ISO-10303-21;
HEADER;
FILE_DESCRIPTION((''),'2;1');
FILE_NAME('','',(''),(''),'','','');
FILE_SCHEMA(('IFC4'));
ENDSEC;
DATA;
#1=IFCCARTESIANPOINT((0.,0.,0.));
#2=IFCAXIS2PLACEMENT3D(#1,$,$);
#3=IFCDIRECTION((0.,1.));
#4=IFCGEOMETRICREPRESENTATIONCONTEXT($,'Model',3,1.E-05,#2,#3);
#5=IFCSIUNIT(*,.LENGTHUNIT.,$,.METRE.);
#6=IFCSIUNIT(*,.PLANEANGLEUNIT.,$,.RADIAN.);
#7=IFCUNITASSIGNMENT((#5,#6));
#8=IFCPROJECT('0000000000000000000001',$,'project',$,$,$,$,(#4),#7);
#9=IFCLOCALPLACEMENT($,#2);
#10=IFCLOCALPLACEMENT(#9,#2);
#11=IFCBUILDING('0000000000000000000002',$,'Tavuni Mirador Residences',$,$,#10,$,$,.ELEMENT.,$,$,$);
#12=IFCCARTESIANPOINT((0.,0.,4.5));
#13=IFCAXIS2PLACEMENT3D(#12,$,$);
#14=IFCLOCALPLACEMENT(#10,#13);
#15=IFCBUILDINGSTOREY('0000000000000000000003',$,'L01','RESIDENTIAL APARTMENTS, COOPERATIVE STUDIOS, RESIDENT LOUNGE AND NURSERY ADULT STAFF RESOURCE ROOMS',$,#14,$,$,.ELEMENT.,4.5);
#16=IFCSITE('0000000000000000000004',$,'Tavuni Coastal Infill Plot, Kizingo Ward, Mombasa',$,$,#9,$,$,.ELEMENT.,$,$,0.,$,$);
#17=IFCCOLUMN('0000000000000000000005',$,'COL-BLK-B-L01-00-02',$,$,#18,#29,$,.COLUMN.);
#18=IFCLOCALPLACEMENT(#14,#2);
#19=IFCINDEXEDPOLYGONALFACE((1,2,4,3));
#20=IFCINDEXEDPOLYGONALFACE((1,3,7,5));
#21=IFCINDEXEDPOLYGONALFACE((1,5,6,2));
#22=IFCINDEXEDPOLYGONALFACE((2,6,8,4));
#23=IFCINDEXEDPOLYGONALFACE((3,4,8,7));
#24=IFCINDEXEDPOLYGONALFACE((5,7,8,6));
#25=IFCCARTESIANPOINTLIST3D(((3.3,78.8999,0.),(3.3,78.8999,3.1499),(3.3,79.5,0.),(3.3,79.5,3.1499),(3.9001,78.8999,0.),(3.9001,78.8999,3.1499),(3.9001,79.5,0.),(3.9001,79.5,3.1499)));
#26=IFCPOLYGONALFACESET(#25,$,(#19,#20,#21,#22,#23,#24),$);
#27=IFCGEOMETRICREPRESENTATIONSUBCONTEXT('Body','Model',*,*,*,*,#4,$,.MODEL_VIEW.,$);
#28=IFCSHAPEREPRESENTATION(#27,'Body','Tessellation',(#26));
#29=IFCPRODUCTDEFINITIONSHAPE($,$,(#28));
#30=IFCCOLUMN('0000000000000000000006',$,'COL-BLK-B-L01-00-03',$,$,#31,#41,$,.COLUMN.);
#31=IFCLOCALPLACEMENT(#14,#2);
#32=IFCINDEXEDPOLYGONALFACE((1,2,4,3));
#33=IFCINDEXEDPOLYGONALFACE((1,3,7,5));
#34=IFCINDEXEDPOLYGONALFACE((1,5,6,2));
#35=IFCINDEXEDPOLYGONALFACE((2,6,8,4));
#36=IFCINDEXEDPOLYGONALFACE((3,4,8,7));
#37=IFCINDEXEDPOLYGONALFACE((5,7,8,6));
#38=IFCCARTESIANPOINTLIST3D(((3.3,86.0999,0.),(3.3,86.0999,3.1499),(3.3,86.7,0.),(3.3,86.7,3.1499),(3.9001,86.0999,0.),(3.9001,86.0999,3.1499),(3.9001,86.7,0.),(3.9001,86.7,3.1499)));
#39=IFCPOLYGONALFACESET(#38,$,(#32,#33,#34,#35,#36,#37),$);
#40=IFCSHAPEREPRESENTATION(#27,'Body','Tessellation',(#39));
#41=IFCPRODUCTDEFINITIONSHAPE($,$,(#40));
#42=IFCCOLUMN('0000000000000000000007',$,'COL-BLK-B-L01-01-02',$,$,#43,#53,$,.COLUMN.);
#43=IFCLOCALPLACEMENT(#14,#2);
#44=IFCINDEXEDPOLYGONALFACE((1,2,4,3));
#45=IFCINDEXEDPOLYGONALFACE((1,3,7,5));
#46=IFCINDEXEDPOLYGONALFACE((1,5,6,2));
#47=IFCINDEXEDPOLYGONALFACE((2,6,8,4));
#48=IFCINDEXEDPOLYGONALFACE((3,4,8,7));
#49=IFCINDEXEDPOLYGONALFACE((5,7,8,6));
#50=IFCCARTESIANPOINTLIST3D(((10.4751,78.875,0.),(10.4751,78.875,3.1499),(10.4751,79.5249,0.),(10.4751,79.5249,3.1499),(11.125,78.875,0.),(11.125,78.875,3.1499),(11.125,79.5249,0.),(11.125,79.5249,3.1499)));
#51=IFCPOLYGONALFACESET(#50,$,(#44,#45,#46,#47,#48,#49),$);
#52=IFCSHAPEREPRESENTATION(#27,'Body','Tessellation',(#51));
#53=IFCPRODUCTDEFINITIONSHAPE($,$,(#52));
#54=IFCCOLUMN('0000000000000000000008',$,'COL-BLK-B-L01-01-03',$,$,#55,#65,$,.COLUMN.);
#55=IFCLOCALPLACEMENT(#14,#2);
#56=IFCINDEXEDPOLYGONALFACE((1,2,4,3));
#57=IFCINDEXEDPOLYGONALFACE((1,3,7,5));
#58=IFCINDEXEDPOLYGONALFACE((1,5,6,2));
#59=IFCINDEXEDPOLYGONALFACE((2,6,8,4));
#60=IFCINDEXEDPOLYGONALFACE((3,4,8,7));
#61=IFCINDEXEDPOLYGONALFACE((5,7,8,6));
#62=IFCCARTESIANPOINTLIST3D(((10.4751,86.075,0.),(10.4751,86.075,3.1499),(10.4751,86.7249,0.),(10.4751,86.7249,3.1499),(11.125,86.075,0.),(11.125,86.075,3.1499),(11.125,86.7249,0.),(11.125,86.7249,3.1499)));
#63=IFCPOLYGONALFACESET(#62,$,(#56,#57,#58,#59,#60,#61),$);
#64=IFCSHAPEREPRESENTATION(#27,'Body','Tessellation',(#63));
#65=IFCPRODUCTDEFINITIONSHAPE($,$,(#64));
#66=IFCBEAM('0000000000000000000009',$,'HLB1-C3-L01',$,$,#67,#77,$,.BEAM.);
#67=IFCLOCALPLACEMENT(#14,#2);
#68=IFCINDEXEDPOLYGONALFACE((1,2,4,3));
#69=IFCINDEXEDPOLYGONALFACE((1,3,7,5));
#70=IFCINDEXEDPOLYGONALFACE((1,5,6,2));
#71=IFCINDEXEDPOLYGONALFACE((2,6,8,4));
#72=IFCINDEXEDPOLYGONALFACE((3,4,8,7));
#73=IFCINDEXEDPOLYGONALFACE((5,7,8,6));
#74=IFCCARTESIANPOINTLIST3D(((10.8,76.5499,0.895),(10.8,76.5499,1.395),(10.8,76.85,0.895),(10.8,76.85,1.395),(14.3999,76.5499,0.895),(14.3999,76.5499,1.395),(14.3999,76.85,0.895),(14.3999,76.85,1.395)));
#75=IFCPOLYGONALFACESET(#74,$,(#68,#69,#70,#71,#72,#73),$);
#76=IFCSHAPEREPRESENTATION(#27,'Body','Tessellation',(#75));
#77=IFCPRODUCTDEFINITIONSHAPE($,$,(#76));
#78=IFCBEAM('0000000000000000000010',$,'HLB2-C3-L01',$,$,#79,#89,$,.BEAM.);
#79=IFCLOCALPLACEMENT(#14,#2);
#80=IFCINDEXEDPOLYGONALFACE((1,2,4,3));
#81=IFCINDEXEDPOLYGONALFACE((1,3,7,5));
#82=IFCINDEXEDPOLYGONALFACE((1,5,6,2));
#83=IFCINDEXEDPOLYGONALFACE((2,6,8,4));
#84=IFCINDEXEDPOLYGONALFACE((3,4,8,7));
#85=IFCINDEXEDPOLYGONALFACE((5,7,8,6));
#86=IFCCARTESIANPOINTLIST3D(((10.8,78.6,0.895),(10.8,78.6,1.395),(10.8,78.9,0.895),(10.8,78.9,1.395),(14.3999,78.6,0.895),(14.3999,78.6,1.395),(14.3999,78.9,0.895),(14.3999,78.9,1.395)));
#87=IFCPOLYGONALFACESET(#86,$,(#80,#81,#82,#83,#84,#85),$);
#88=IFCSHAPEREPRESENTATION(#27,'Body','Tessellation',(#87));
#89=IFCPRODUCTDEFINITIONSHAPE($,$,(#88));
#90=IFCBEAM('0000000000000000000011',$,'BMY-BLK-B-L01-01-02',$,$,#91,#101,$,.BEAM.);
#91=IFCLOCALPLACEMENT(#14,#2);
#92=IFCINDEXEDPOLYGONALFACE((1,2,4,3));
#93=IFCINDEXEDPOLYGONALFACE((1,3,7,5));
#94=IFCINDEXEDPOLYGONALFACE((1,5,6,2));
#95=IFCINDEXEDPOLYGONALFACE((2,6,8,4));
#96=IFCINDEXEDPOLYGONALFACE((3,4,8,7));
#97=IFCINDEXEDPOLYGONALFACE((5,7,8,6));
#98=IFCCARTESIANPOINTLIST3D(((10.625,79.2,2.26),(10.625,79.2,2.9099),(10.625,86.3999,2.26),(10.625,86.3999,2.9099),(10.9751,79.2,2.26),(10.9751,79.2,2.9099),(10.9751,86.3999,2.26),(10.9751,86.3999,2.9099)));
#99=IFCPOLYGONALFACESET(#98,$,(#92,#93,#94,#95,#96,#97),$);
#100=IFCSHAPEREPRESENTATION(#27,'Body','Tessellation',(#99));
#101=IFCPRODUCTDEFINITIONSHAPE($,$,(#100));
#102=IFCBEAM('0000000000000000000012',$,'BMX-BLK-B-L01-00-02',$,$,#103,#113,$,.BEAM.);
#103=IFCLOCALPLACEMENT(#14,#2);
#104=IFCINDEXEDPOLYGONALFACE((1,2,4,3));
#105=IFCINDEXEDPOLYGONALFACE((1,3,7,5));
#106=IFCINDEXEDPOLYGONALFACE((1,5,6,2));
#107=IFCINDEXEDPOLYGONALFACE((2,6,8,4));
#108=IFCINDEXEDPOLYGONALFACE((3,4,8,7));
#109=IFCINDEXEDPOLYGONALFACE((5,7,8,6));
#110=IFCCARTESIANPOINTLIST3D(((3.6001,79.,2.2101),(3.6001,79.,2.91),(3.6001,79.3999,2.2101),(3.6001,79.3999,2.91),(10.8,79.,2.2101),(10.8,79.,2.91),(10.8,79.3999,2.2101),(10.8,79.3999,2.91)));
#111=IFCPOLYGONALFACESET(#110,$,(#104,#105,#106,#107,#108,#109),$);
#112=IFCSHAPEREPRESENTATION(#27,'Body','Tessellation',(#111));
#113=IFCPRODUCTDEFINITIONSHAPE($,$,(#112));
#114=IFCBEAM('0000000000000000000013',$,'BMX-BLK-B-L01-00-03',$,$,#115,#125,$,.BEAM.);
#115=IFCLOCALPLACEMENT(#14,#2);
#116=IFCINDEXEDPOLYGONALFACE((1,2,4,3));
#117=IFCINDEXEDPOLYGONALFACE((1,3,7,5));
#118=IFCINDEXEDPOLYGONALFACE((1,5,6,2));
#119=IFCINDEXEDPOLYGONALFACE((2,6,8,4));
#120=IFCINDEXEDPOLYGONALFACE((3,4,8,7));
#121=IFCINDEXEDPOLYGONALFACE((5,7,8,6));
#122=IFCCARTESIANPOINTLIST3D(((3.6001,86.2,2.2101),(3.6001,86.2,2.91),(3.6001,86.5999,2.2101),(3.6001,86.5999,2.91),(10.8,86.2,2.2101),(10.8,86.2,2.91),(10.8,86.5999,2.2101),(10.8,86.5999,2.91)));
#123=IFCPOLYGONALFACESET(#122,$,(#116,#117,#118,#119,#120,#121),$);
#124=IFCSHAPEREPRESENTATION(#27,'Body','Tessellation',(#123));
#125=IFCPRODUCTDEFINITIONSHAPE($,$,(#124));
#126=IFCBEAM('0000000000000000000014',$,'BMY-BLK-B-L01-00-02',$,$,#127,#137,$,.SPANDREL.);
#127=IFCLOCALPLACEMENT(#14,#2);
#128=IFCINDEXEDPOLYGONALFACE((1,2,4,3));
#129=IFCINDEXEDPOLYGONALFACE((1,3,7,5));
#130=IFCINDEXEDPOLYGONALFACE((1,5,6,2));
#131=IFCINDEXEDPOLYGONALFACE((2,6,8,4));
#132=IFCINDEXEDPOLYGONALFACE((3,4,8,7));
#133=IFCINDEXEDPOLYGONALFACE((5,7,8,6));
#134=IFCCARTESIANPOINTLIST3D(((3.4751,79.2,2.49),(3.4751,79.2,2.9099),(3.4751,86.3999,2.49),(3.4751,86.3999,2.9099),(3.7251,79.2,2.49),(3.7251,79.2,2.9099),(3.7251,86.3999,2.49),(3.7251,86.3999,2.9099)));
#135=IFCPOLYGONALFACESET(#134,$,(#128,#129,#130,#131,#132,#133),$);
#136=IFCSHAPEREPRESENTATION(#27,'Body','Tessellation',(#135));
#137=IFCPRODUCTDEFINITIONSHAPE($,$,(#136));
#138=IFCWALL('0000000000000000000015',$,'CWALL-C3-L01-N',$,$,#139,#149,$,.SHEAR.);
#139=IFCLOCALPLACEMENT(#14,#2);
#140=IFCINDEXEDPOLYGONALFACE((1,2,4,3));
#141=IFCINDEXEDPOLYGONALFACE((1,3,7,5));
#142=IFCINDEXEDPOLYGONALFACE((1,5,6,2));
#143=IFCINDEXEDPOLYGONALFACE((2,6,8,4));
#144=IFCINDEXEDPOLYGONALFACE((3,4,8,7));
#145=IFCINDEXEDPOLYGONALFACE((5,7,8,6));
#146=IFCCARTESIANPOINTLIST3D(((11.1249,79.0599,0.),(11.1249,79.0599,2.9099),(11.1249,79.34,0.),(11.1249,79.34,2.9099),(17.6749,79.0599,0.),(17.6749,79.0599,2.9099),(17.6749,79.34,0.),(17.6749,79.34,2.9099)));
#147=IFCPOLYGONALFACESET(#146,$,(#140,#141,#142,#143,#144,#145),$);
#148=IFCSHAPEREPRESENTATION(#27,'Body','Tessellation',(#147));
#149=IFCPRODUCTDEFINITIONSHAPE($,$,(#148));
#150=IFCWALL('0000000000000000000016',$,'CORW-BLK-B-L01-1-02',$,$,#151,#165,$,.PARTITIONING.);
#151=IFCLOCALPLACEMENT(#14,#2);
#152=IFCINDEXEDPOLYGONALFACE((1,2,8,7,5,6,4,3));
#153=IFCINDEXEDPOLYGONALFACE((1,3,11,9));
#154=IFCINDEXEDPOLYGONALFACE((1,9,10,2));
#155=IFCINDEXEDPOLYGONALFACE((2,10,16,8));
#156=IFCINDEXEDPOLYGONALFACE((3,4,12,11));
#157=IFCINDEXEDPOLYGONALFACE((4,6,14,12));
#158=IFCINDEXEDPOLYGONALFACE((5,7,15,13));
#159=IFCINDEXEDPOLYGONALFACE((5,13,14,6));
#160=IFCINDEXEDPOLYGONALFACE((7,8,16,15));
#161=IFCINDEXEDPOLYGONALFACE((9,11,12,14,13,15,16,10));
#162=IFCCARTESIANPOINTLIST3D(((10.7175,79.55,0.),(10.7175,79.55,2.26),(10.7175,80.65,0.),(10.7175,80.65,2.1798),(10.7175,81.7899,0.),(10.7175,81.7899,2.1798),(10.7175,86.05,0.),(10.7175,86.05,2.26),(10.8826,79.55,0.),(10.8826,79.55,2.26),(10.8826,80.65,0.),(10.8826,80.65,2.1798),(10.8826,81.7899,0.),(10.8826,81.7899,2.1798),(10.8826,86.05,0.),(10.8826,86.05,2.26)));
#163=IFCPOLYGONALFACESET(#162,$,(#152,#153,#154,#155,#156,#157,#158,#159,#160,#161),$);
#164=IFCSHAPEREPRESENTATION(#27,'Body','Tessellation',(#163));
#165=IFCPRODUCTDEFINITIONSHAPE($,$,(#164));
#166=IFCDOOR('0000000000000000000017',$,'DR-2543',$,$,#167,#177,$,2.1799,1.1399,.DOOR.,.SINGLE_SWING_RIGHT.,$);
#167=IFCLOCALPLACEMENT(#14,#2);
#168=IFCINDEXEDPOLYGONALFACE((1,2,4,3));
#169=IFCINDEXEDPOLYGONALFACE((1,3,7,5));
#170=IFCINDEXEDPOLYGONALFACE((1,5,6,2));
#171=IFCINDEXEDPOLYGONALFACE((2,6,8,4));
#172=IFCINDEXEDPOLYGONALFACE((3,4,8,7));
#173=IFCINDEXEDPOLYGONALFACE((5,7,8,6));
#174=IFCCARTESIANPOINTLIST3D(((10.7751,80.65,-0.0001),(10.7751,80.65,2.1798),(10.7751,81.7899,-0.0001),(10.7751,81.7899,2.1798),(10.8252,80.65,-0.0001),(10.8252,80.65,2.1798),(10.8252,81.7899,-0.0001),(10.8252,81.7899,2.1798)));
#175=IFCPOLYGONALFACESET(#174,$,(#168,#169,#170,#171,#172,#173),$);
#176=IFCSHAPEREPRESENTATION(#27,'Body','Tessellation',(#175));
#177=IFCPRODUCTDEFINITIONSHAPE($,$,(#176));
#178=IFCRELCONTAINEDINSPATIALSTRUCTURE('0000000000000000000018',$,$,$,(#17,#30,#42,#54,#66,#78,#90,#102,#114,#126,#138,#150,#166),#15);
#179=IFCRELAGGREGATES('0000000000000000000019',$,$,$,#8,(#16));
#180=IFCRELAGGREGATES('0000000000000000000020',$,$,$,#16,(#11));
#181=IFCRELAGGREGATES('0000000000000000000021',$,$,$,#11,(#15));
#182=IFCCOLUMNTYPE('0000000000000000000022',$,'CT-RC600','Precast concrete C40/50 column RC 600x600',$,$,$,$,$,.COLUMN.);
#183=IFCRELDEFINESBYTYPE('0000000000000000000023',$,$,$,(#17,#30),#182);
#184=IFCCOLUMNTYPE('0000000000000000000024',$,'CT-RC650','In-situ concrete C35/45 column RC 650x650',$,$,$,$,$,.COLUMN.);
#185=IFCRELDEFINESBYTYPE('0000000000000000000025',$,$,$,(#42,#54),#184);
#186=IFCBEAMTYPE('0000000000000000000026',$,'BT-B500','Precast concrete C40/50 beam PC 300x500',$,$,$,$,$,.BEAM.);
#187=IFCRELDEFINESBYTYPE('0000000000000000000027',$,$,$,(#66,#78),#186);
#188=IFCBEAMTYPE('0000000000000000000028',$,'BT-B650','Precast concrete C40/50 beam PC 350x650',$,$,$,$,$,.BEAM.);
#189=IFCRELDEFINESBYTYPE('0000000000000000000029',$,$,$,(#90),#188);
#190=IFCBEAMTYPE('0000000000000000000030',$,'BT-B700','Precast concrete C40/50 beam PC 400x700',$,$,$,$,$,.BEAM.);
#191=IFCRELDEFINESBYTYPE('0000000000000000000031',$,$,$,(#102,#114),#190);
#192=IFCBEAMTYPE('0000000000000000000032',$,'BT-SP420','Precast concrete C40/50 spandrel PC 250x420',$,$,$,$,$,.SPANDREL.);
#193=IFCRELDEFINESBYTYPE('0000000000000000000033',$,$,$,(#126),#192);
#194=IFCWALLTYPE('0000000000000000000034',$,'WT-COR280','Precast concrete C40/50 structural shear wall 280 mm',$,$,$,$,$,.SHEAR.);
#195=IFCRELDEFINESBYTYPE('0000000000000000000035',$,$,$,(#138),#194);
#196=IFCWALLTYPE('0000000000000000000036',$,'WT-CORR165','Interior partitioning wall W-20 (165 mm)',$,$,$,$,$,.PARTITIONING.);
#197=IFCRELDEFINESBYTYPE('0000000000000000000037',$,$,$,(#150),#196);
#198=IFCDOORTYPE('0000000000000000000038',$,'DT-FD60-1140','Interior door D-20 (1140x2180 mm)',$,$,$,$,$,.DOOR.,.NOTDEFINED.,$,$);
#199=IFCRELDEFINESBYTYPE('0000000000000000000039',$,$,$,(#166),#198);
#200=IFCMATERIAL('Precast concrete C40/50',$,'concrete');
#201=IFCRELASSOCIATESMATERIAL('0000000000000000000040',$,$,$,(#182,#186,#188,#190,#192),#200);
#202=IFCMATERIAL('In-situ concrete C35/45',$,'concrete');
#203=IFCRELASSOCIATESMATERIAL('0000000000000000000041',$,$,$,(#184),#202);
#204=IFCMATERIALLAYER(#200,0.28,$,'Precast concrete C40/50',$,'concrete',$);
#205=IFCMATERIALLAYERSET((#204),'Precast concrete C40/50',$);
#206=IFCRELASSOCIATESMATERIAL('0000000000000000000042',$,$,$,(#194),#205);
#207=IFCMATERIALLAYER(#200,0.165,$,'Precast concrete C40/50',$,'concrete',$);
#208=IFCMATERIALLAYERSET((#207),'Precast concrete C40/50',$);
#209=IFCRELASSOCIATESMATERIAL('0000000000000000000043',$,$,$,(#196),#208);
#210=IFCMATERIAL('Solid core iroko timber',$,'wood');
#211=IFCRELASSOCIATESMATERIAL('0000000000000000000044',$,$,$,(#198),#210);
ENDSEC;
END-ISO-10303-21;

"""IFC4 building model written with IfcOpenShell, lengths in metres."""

from ifc_helpers import new_model, si_unit, direction, frame, frame_2d, origin, origin_2d, place, context, subcontext, project, spatial, rectangle, extrude, material, layer, layer_set, material_profile, profile_set, type_object, element, fill, save


model = new_model("IFC4")

# Units and contexts
model_context = context("Model", 3, precision=1e-05, world=origin(), true_north=direction((0.0, 1.0)))
body_context = subcontext(model_context, "Body", "Model", "MODEL_VIEW")
ifc_project = project(units=[si_unit("LENGTHUNIT", "METRE"), si_unit("PLANEANGLEUNIT", "RADIAN")], contexts=[model_context])

# Site, building, storey
site_placement = place(None, origin())
site = spatial("IfcSite", under=ifc_project, at=site_placement, Name="Tavuni Coastal Infill Plot, Kizingo Ward, Mombasa", CompositionType="ELEMENT", RefElevation=0.0)
building_placement = place(site_placement, origin())
building = spatial("IfcBuilding", under=site, at=building_placement, Name="Tavuni Mirador Residences", CompositionType="ELEMENT")
storey_placement = place(building_placement, frame((0.0, 0.0, 4.5)))
storey = spatial("IfcBuildingStorey", under=building, at=storey_placement, Name="L01", Description="RESIDENTIAL APARTMENTS, COOPERATIVE STUDIOS, RESIDENT LOUNGE AND NURSERY ADULT STAFF RESOURCE ROOMS", CompositionType="ELEMENT", Elevation=4.5)

# Columns
ifc_material_1 = material(Name="Precast concrete C40/50", Category="concrete")
ifc_material_profile_1 = material_profile(ifc_material_1, rectangle(XDim=0.6001, YDim=0.6001, at=origin_2d()), Name="RC 600x600", Category="concrete")
ifc_profile_set_1 = profile_set([ifc_material_profile_1], Name="Precast concrete C40/50")
column_type_1 = type_object("IfcColumnType", Name="CT-RC600", Description="Precast concrete C40/50 column RC 600x600", PredefinedType="COLUMN", material=ifc_profile_set_1)
for number, where, z_axis, x_axis, name in (
    (1, (3.6001, 79.2, 0.0), (0.0, 0.0, 1.0), (1.0, 0.0, 0.0), "COL-BLK-B-L01-00-02"),
    (2, (3.6001, 86.3999, 0.0), (0.0, 0.0, 1.0), (1.0, 0.0, 0.0), "COL-BLK-B-L01-00-03"),
):
    element("IfcColumn", number, at=place(storey_placement, frame(where, z_axis=z_axis, x_axis=x_axis)), inside=storey, type_object=column_type_1, Name=name, PredefinedType="COLUMN", context=body_context, shape_type="SweptSolid", body=[
        extrude(rectangle(XDim=0.6001, YDim=0.6001, at=origin_2d()), origin(), (0.0, 0.0, 1.0), 3.1499),
    ])
ifc_material_2 = material(Name="In-situ concrete C35/45", Category="concrete")
ifc_material_profile_2 = material_profile(ifc_material_2, rectangle(XDim=0.6499, YDim=0.6499, at=origin_2d()), Name="RC 650x650", Category="concrete")
ifc_profile_set_2 = profile_set([ifc_material_profile_2], Name="In-situ concrete C35/45")
column_type_2 = type_object("IfcColumnType", Name="CT-RC650", Description="In-situ concrete C35/45 column RC 650x650", PredefinedType="COLUMN", material=ifc_profile_set_2)
for number, where, z_axis, x_axis, name in (
    (3, (10.8, 79.2, 0.0), (0.0, 0.0, 1.0), (1.0, 0.0, 0.0), "COL-BLK-B-L01-01-02"),
    (4, (10.8, 86.3999, 0.0), (0.0, 0.0, 1.0), (1.0, 0.0, 0.0), "COL-BLK-B-L01-01-03"),
):
    element("IfcColumn", number, at=place(storey_placement, frame(where, z_axis=z_axis, x_axis=x_axis)), inside=storey, type_object=column_type_2, Name=name, PredefinedType="COLUMN", context=body_context, shape_type="SweptSolid", body=[
        extrude(rectangle(XDim=0.6499, YDim=0.6499, at=origin_2d()), origin(), (0.0, 0.0, 1.0), 3.1499),
    ])

# Beams
ifc_material_profile_3 = material_profile(ifc_material_1, rectangle(XDim=0.3, YDim=0.5, at=origin_2d()), Name="PC 300x500", Category="concrete")
ifc_profile_set_3 = profile_set([ifc_material_profile_3], Name="Precast concrete C40/50")
beam_type_1 = type_object("IfcBeamType", Name="BT-B500", Description="Precast concrete C40/50 beam PC 300x500", PredefinedType="BEAM", material=ifc_profile_set_3)
for number, where, z_axis, x_axis, name in (
    (5, (10.8, 76.7, 1.145), (1.0, 0.0, 0.0), (0.0, 1.0, 0.0), "HLB1-C3-L01"),
    (6, (10.8, 78.75, 1.145), (1.0, 0.0, 0.0), (0.0, 1.0, 0.0), "HLB2-C3-L01"),
):
    element("IfcBeam", number, at=place(storey_placement, frame(where, z_axis=z_axis, x_axis=x_axis)), inside=storey, type_object=beam_type_1, Name=name, PredefinedType="BEAM", context=body_context, shape_type="SweptSolid", body=[
        extrude(rectangle(XDim=0.3, YDim=0.5, at=origin_2d()), origin(), (0.0, 0.0, 1.0), 3.5999),
    ])
ifc_material_profile_4 = material_profile(ifc_material_1, rectangle(XDim=0.3501, YDim=0.6499, at=origin_2d()), Name="PC 350x650", Category="concrete")
ifc_profile_set_4 = profile_set([ifc_material_profile_4], Name="Precast concrete C40/50")
beam_type_2 = type_object("IfcBeamType", Name="BT-B650", Description="Precast concrete C40/50 beam PC 350x650", PredefinedType="BEAM", material=ifc_profile_set_4)
beam_1_placement = place(storey_placement, frame((10.8, 79.2, 2.585), z_axis=(0.0, 1.0, 0.0), x_axis=(-1.0, 0.0, 0.0)))
element("IfcBeam", 7, at=beam_1_placement, inside=storey, type_object=beam_type_2, Name="BMY-BLK-B-L01-01-02", PredefinedType="BEAM", context=body_context, shape_type="SweptSolid", body=[
    extrude(rectangle(XDim=0.3501, YDim=0.6499, at=origin_2d()), origin(), (0.0, 0.0, 1.0), 7.2),
])
ifc_material_profile_5 = material_profile(ifc_material_1, rectangle(XDim=0.3999, YDim=0.7, at=origin_2d()), Name="PC 400x700", Category="concrete")
ifc_profile_set_5 = profile_set([ifc_material_profile_5], Name="Precast concrete C40/50")
beam_type_3 = type_object("IfcBeamType", Name="BT-B700", Description="Precast concrete C40/50 beam PC 400x700", PredefinedType="BEAM", material=ifc_profile_set_5)
for number, where, z_axis, x_axis, name in (
    (8, (3.6001, 79.2, 2.5601), (1.0, 0.0, 0.0), (0.0, 1.0, 0.0), "BMX-BLK-B-L01-00-02"),
    (9, (3.6001, 86.3999, 2.5601), (1.0, 0.0, 0.0), (0.0, 1.0, 0.0), "BMX-BLK-B-L01-00-03"),
):
    element("IfcBeam", number, at=place(storey_placement, frame(where, z_axis=z_axis, x_axis=x_axis)), inside=storey, type_object=beam_type_3, Name=name, PredefinedType="BEAM", context=body_context, shape_type="SweptSolid", body=[
        extrude(rectangle(XDim=0.3999, YDim=0.7, at=origin_2d()), origin(), (0.0, 0.0, 1.0), 7.2),
    ])
ifc_material_profile_6 = material_profile(ifc_material_1, rectangle(XDim=0.25, YDim=0.4199, at=origin_2d()), Name="PC 250x420", Category="concrete")
ifc_profile_set_6 = profile_set([ifc_material_profile_6], Name="Precast concrete C40/50")
beam_type_4 = type_object("IfcBeamType", Name="BT-SP420", Description="Precast concrete C40/50 spandrel PC 250x420", PredefinedType="SPANDREL", material=ifc_profile_set_6)
beam_2_placement = place(storey_placement, frame((3.6001, 79.2, 2.7), z_axis=(0.0, 1.0, 0.0), x_axis=(-1.0, 0.0, 0.0)))
element("IfcBeam", 10, at=beam_2_placement, inside=storey, type_object=beam_type_4, Name="BMY-BLK-B-L01-00-02", PredefinedType="SPANDREL", context=body_context, shape_type="SweptSolid", body=[
    extrude(rectangle(XDim=0.25, YDim=0.4199, at=origin_2d()), origin(), (0.0, 0.0, 1.0), 7.2),
])

# Wall
ifc_layer_1 = layer(ifc_material_1, 0.28, Name="Precast concrete C40/50", Category="concrete")
ifc_layer_set_1 = layer_set([ifc_layer_1], Name="Precast concrete C40/50")
wall_type_1 = type_object("IfcWallType", Name="WT-COR280", Description="Precast concrete C40/50 structural shear wall 280 mm", PredefinedType="SHEAR", material=ifc_layer_set_1)
wall_1_placement = place(storey_placement, frame((11.125, 79.2, 0.0), z_axis=(0.0, 0.0, 1.0), x_axis=(1.0, 0.0, 0.0)))
element("IfcWall", 11, at=wall_1_placement, inside=storey, type_object=wall_type_1, Name="CWALL-C3-L01-N", PredefinedType="SHEAR", context=body_context, shape_type="SweptSolid", body=[
    extrude(rectangle(XDim=6.55, YDim=0.28, at=frame_2d((3.2749, 0.0))), origin(), (0.0, 0.0, 1.0), 2.9099),
])

# Wall, opening, door
ifc_layer_2 = layer(ifc_material_1, 0.165, Name="Precast concrete C40/50", Category="concrete")
ifc_layer_set_2 = layer_set([ifc_layer_2], Name="Precast concrete C40/50")
wall_type_2 = type_object("IfcWallType", Name="WT-CORR165", Description="Interior partitioning wall W-20 (165 mm)", PredefinedType="PARTITIONING", material=ifc_layer_set_2)
wall_2_placement = place(storey_placement, frame((10.8, 79.55, 0.0), z_axis=(0.0, 0.0, 1.0), x_axis=(0.0, 1.0, 0.0)))
wall_2 = element("IfcWall", 12, at=wall_2_placement, inside=storey, type_object=wall_type_2, Name="CORW-BLK-B-L01-1-02", PredefinedType="PARTITIONING", context=body_context, shape_type="SweptSolid", body=[
    extrude(rectangle(XDim=6.5, YDim=0.165, at=frame_2d((3.25, 0.0))), origin(), (0.0, 0.0, 1.0), 2.26),
])
opening_1_placement = place(wall_2_placement, frame((1.1001, 0.0, 0.0)))
opening_1 = element("IfcOpeningElement", 13, at=opening_1_placement, cuts=wall_2, PredefinedType="OPENING", context=body_context, shape_type="SweptSolid", body=[
    extrude(rectangle(XDim=1.1399, YDim=2.1799, at=frame_2d((0.5698, 1.0898))), frame((0.0, 0.0925, 0.0), z_axis=(0.0, -1.0, 0.0), x_axis=(1.0, 0.0, 0.0)), (0.0, 0.0, 1.0), 0.1851),
])
ifc_material_3 = material(Name="Solid core iroko timber", Category="wood")
door_type_1 = type_object("IfcDoorType", Name="DT-FD60-1140", Description="Interior door D-20 (1140x2180 mm)", OperationType="NOTDEFINED", PredefinedType="DOOR", material=ifc_material_3)
door_1_placement = place(opening_1_placement, origin())
door_1 = element("IfcDoor", 14, at=door_1_placement, inside=storey, type_object=door_type_1, Name="DR-2543", OperationType="SINGLE_SWING_RIGHT", OverallHeight=2.1799, OverallWidth=1.1399, PredefinedType="DOOR", context=body_context, shape_type="SweptSolid", body=[
    extrude(rectangle(XDim=1.1399, YDim=2.1799, at=frame_2d((0.5698, 1.0898))), frame((0.0, 0.0249, 0.0), z_axis=(0.0, -1.0, 0.0), x_axis=(1.0, 0.0, 0.0)), (0.0, 0.0, 1.0), 0.05),
])
fill(opening_1, door_1)

save(model, "model.ifc")
